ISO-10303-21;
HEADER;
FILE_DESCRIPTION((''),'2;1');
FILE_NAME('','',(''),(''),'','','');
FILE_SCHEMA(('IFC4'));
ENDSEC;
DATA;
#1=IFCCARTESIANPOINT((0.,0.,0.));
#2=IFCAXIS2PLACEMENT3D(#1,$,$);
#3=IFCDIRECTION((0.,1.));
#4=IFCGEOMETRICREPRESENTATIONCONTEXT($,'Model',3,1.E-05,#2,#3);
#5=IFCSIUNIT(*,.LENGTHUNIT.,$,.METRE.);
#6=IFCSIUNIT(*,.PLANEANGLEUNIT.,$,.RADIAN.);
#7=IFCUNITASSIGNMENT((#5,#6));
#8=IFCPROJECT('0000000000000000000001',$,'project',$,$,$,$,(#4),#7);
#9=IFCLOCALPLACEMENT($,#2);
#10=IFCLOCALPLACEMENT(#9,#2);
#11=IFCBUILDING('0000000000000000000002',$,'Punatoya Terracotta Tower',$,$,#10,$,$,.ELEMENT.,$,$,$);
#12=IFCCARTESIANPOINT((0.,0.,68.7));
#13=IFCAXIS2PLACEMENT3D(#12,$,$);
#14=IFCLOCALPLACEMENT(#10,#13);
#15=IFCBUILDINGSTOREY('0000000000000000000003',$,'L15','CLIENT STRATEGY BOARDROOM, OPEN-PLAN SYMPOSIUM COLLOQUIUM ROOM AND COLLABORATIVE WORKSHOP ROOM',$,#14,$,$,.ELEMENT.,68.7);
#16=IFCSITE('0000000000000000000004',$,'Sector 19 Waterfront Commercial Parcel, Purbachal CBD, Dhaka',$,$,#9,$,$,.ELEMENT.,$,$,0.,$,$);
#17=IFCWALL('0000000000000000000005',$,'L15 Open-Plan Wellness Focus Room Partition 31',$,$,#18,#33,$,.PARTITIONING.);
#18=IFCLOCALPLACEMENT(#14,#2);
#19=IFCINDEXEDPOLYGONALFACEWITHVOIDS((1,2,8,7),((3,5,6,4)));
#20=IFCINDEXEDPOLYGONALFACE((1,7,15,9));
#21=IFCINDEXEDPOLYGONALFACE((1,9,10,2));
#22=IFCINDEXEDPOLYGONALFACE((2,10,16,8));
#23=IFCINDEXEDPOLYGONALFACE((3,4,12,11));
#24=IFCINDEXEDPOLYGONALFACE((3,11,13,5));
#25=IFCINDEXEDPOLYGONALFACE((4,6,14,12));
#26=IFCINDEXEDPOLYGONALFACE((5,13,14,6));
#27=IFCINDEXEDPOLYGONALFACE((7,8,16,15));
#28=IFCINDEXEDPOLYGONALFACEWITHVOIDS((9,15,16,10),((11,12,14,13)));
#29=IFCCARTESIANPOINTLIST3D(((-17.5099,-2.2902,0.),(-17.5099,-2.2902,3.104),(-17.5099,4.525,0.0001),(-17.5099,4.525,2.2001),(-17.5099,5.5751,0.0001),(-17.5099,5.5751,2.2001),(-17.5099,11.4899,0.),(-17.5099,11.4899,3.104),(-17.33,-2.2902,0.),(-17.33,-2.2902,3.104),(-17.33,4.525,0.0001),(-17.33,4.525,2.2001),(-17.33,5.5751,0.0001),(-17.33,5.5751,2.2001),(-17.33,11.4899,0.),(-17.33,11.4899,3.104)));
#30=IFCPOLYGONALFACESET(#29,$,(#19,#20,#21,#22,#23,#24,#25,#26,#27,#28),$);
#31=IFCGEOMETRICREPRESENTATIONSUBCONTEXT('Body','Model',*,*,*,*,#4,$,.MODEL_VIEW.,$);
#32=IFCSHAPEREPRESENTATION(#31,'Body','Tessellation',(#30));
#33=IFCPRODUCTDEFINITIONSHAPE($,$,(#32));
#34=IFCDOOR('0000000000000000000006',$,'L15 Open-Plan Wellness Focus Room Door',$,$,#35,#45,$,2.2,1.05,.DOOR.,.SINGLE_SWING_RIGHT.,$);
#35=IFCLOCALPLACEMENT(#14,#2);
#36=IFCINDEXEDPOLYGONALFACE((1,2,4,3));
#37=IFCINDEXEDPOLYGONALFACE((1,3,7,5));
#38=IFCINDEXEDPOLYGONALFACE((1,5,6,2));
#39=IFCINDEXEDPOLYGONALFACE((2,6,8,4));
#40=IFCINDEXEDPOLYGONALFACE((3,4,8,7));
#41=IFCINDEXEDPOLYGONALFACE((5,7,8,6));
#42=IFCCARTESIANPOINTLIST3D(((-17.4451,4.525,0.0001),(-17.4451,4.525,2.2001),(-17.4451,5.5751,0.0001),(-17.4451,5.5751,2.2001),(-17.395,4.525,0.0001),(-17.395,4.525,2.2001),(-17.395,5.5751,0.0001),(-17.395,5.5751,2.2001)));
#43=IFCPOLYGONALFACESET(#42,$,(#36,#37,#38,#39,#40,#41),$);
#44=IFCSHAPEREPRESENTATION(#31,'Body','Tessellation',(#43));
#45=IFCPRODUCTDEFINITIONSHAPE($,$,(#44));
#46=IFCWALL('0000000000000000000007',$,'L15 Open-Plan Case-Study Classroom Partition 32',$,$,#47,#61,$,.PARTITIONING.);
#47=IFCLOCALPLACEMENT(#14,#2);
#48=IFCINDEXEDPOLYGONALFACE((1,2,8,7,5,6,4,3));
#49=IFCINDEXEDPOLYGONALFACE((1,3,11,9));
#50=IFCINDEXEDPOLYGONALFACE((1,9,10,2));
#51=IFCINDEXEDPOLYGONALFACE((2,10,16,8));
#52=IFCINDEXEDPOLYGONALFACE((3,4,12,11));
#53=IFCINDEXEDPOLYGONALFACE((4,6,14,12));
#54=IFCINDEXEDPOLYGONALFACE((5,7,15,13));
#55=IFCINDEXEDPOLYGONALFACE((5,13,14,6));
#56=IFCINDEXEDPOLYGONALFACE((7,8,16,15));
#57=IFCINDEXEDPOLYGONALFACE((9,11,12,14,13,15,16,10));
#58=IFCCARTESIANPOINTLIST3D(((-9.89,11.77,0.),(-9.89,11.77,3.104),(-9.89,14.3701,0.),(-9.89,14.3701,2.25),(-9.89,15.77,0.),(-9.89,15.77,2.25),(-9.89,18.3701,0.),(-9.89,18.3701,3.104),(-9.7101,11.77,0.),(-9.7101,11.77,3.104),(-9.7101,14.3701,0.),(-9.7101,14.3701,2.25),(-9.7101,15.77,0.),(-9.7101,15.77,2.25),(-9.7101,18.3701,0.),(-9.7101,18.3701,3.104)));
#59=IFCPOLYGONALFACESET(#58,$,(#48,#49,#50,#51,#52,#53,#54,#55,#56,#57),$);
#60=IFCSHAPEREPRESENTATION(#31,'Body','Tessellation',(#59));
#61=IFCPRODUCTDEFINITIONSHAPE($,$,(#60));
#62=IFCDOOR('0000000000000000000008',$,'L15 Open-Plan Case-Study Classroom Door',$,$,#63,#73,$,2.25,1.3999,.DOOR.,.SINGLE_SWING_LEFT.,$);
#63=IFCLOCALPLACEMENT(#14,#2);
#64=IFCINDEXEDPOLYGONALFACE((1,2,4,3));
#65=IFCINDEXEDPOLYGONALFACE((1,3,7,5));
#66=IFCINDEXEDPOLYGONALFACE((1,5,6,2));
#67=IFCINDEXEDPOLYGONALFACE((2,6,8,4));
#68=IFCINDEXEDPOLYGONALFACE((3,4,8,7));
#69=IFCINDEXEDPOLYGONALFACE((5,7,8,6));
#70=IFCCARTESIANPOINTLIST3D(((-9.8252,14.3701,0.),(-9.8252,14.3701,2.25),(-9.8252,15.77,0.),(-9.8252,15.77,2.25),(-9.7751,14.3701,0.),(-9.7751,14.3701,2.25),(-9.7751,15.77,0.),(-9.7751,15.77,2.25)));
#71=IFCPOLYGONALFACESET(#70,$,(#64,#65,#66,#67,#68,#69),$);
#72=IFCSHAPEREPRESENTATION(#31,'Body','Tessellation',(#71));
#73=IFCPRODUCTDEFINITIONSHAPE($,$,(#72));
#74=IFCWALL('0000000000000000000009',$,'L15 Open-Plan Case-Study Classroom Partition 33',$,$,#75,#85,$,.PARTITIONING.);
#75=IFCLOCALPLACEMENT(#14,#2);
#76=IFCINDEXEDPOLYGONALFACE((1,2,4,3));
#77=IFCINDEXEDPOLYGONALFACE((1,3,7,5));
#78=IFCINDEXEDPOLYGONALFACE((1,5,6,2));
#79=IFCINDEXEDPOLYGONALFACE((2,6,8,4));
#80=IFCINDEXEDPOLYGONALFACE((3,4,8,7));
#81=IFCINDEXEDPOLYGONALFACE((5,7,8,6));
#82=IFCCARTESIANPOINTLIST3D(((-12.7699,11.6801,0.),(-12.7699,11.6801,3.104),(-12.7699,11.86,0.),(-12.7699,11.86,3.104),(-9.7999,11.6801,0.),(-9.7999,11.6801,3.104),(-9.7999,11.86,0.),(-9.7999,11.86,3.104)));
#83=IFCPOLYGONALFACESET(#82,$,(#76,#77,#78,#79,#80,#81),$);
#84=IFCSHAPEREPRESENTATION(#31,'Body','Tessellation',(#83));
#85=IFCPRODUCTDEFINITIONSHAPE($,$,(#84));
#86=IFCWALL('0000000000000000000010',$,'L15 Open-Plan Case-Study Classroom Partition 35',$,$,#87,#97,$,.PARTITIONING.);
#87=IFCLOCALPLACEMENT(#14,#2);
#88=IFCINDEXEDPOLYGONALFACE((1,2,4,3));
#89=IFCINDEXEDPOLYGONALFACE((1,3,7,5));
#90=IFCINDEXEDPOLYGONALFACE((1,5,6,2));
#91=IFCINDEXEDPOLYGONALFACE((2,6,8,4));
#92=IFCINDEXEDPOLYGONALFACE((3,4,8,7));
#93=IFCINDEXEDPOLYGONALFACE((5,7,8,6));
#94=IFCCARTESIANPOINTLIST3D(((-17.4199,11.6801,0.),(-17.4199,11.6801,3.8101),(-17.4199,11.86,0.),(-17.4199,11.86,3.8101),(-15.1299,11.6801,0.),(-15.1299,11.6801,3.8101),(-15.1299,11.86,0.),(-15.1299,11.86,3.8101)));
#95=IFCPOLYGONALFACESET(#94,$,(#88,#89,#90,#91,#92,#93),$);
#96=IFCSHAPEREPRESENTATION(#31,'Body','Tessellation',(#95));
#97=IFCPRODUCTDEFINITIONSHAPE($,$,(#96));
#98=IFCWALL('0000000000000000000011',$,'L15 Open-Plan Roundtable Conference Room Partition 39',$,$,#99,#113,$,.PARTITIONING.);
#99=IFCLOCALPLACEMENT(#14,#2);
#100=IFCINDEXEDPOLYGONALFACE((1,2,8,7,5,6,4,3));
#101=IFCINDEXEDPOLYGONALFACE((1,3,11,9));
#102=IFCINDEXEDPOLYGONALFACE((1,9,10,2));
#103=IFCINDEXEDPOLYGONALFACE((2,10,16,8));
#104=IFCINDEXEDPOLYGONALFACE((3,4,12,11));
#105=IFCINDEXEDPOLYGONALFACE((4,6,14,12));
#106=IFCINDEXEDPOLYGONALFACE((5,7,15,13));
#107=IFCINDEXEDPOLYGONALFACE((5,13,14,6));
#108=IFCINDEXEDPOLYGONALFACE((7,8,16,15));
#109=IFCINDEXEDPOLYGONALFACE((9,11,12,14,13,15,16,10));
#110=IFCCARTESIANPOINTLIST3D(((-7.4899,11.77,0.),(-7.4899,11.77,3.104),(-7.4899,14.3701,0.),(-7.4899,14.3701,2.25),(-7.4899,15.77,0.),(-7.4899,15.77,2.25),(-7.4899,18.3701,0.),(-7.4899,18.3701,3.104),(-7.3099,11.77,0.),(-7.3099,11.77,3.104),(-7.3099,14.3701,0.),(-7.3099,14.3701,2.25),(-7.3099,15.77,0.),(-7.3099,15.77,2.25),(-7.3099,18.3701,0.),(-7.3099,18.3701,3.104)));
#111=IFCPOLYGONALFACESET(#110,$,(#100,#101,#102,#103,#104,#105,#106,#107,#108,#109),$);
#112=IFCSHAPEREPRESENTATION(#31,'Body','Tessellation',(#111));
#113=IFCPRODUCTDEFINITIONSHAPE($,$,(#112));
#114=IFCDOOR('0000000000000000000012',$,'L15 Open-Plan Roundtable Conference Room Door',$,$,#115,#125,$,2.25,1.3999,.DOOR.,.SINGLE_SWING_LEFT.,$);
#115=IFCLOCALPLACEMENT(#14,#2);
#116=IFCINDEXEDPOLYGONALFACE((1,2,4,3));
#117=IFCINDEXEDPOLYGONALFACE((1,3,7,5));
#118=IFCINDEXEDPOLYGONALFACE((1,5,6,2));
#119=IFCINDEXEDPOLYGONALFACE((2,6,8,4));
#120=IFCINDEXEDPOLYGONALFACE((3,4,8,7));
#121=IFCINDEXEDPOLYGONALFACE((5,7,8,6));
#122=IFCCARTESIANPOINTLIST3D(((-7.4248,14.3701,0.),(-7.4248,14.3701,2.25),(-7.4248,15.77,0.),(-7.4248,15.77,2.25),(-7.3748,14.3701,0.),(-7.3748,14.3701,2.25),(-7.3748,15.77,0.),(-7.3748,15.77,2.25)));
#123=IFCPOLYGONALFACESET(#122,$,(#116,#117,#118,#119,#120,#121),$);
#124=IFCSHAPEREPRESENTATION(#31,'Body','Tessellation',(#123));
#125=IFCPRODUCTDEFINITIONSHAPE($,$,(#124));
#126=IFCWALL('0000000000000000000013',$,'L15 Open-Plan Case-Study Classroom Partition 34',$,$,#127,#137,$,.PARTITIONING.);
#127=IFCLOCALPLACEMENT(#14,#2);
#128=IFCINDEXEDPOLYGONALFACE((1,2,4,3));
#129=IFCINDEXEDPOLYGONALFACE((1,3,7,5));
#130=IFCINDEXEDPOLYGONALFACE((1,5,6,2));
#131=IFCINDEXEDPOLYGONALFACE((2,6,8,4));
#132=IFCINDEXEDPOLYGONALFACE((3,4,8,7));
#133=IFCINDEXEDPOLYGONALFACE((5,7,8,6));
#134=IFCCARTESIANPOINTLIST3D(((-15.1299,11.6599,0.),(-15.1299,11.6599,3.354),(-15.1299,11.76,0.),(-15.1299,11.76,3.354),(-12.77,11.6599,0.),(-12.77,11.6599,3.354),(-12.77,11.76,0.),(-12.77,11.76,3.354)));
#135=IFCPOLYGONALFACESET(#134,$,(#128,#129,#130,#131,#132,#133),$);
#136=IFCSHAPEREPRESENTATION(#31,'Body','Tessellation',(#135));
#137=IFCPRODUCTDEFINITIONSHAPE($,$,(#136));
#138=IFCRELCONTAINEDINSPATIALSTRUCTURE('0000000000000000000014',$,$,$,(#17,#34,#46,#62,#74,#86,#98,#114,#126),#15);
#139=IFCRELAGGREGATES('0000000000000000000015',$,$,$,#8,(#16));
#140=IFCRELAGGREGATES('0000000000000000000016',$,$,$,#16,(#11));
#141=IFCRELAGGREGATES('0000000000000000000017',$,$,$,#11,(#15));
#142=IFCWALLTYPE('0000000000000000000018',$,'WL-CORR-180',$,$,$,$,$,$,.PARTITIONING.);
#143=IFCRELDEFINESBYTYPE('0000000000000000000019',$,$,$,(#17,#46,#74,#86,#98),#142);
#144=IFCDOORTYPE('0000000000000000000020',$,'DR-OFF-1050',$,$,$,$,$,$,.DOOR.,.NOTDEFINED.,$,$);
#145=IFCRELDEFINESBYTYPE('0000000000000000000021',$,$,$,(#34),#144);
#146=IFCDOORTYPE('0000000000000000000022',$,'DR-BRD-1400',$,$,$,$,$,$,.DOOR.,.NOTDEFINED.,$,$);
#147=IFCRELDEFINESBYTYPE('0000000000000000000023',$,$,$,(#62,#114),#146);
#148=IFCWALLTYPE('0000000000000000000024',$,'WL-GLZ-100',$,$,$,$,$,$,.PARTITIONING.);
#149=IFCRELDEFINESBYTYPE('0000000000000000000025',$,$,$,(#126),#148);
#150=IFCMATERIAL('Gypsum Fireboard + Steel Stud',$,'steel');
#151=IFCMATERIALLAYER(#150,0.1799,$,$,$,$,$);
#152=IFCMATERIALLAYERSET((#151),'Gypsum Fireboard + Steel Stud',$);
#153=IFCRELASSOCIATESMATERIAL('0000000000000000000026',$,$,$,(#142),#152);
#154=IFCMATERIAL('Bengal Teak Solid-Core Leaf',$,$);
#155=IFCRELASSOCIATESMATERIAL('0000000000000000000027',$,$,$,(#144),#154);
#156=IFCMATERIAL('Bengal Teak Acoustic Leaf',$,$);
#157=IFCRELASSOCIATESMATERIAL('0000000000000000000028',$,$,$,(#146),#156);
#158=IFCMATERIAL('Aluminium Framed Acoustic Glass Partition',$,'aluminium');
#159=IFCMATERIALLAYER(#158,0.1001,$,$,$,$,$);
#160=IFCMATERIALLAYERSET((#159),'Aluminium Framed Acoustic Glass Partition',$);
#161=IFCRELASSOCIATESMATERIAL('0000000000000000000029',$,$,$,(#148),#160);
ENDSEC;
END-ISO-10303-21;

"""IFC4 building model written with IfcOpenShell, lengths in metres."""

from ifc_helpers import new_model, si_unit, direction, frame, frame_2d, origin, place, context, subcontext, project, spatial, rectangle, extrude, material, layer, layer_set, type_object, element, fill, save


model = new_model("IFC4")

# Units and contexts
model_context = context("Model", 3, precision=1e-05, world=origin(), true_north=direction((0.0, 1.0)))
body_context = subcontext(model_context, "Body", "Model", "MODEL_VIEW")
ifc_project = project(units=[si_unit("LENGTHUNIT", "METRE"), si_unit("PLANEANGLEUNIT", "RADIAN")], contexts=[model_context])

# Site, building, storey
site_placement = place(None, origin())
site = spatial("IfcSite", under=ifc_project, at=site_placement, Name="Sector 19 Waterfront Commercial Parcel, Purbachal CBD, Dhaka", CompositionType="ELEMENT", RefElevation=0.0)
building_placement = place(site_placement, origin())
building = spatial("IfcBuilding", under=site, at=building_placement, Name="Punatoya Terracotta Tower", CompositionType="ELEMENT")
storey_placement = place(building_placement, frame((0.0, 0.0, 68.7)))
storey = spatial("IfcBuildingStorey", under=building, at=storey_placement, Name="L15", Description="CLIENT STRATEGY BOARDROOM, OPEN-PLAN SYMPOSIUM COLLOQUIUM ROOM AND COLLABORATIVE WORKSHOP ROOM", CompositionType="ELEMENT", Elevation=68.7)

# Walls, openings, doors
ifc_material_1 = material(Name="Gypsum Fireboard + Steel Stud", Category="steel")
ifc_layer_1 = layer(ifc_material_1, 0.1799)
ifc_layer_set_1 = layer_set([ifc_layer_1], Name="Gypsum Fireboard + Steel Stud")
wall_type_1 = type_object("IfcWallType", Name="WL-CORR-180", PredefinedType="PARTITIONING", material=ifc_layer_set_1)
wall_1_placement = place(storey_placement, frame((-17.4199, 11.49, 0.0), z_axis=(0.0, 0.0, 1.0), x_axis=(0.0, -1.0, 0.0)))
wall_1 = element("IfcWall", 1, at=wall_1_placement, inside=storey, type_object=wall_type_1, Name="L15 Open-Plan Wellness Focus Room Partition 31", PredefinedType="PARTITIONING", context=body_context, shape_type="SweptSolid", body=[
    extrude(rectangle(XDim=13.78, YDim=0.1799, at=frame_2d((6.8901, 0.0))), origin(), (0.0, 0.0, 1.0), 3.104),
])
opening_1_placement = place(wall_1_placement, frame((5.915, 0.0, 0.0)))
opening_1 = element("IfcOpeningElement", 2, at=opening_1_placement, cuts=wall_1, PredefinedType="OPENING", context=body_context, shape_type="SweptSolid", body=[
    extrude(rectangle(XDim=1.05, YDim=2.2, at=frame_2d((0.5249, 1.1001))), frame((0.0, 0.0999, 0.0), z_axis=(0.0, -1.0, 0.0), x_axis=(1.0, 0.0, 0.0)), (0.0, 0.0, 1.0), 0.2),
])
ifc_material_2 = material(Name="Bengal Teak Solid-Core Leaf")
door_type_1 = type_object("IfcDoorType", Name="DR-OFF-1050", OperationType="NOTDEFINED", PredefinedType="DOOR", material=ifc_material_2)
door_1_placement = place(opening_1_placement, origin())
door_1 = element("IfcDoor", 3, at=door_1_placement, inside=storey, type_object=door_type_1, Name="L15 Open-Plan Wellness Focus Room Door", OperationType="SINGLE_SWING_RIGHT", OverallHeight=2.2, OverallWidth=1.05, PredefinedType="DOOR", context=body_context, shape_type="SweptSolid", body=[
    extrude(rectangle(XDim=1.05, YDim=2.2, at=frame_2d((0.5249, 1.1001))), frame((0.0, 0.0249, 0.0), z_axis=(0.0, -1.0, 0.0), x_axis=(1.0, 0.0, 0.0)), (0.0, 0.0, 1.0), 0.05),
])
fill(opening_1, door_1)
wall_2_placement = place(storey_placement, frame((-9.8, 18.3701, 0.0), z_axis=(0.0, 0.0, 1.0), x_axis=(0.0, -1.0, 0.0)))
wall_2 = element("IfcWall", 4, at=wall_2_placement, inside=storey, type_object=wall_type_1, Name="L15 Open-Plan Case-Study Classroom Partition 32", PredefinedType="PARTITIONING", context=body_context, shape_type="SweptSolid", body=[
    extrude(rectangle(XDim=6.6001, YDim=0.1799, at=frame_2d((3.3, 0.0))), origin(), (0.0, 0.0, 1.0), 3.104),
])
opening_2_placement = place(wall_2_placement, frame((2.6001, 0.0, 0.0)))
opening_2 = element("IfcOpeningElement", 5, at=opening_2_placement, cuts=wall_2, PredefinedType="OPENING", context=body_context, shape_type="SweptSolid", body=[
    extrude(rectangle(XDim=1.3999, YDim=2.25, at=frame_2d((0.7, 1.125))), frame((0.0, 0.0999, 0.0), z_axis=(0.0, -1.0, 0.0), x_axis=(1.0, 0.0, 0.0)), (0.0, 0.0, 1.0), 0.2),
])
ifc_material_3 = material(Name="Bengal Teak Acoustic Leaf")
door_type_2 = type_object("IfcDoorType", Name="DR-BRD-1400", OperationType="NOTDEFINED", PredefinedType="DOOR", material=ifc_material_3)
door_2_placement = place(opening_2_placement, origin())
door_2 = element("IfcDoor", 6, at=door_2_placement, inside=storey, type_object=door_type_2, Name="L15 Open-Plan Case-Study Classroom Door", OperationType="SINGLE_SWING_LEFT", OverallHeight=2.25, OverallWidth=1.3999, PredefinedType="DOOR", context=body_context, shape_type="SweptSolid", body=[
    extrude(rectangle(XDim=1.3999, YDim=2.25, at=frame_2d((0.7, 1.125))), frame((0.0, 0.0249, 0.0), z_axis=(0.0, -1.0, 0.0), x_axis=(1.0, 0.0, 0.0)), (0.0, 0.0, 1.0), 0.05),
])
fill(opening_2, door_2)

# Walls
wall_3_placement = place(storey_placement, frame((-9.8, 11.77, 0.0), z_axis=(0.0, 0.0, 1.0), x_axis=(-1.0, 0.0, 0.0)))
element("IfcWall", 7, at=wall_3_placement, inside=storey, type_object=wall_type_1, Name="L15 Open-Plan Case-Study Classroom Partition 33", PredefinedType="PARTITIONING", context=body_context, shape_type="SweptSolid", body=[
    extrude(rectangle(XDim=2.97, YDim=0.1799, at=frame_2d((1.4849, 0.0))), origin(), (0.0, 0.0, 1.0), 3.104),
])
wall_4_placement = place(storey_placement, frame((-15.1299, 11.77, 0.0), z_axis=(0.0, 0.0, 1.0), x_axis=(-1.0, 0.0, 0.0)))
element("IfcWall", 8, at=wall_4_placement, inside=storey, type_object=wall_type_1, Name="L15 Open-Plan Case-Study Classroom Partition 35", PredefinedType="PARTITIONING", context=body_context, shape_type="SweptSolid", body=[
    extrude(rectangle(XDim=2.29, YDim=0.1799, at=frame_2d((1.145, 0.0))), origin(), (0.0, 0.0, 1.0), 3.8101),
])

# Wall, opening, door
wall_5_placement = place(storey_placement, frame((-7.3999, 11.77, 0.0), z_axis=(0.0, 0.0, 1.0), x_axis=(0.0, 1.0, 0.0)))
wall_5 = element("IfcWall", 9, at=wall_5_placement, inside=storey, type_object=wall_type_1, Name="L15 Open-Plan Roundtable Conference Room Partition 39", PredefinedType="PARTITIONING", context=body_context, shape_type="SweptSolid", body=[
    extrude(rectangle(XDim=6.6001, YDim=0.1799, at=frame_2d((3.3, 0.0))), origin(), (0.0, 0.0, 1.0), 3.104),
])
opening_3_placement = place(wall_5_placement, frame((2.6001, 0.0, 0.0)))
opening_3 = element("IfcOpeningElement", 10, at=opening_3_placement, cuts=wall_5, PredefinedType="OPENING", context=body_context, shape_type="SweptSolid", body=[
    extrude(rectangle(XDim=1.3999, YDim=2.25, at=frame_2d((0.7, 1.125))), frame((0.0, 0.0999, 0.0), z_axis=(0.0, -1.0, 0.0), x_axis=(1.0, 0.0, 0.0)), (0.0, 0.0, 1.0), 0.2),
])
door_3_placement = place(opening_3_placement, origin())
door_3 = element("IfcDoor", 11, at=door_3_placement, inside=storey, type_object=door_type_2, Name="L15 Open-Plan Roundtable Conference Room Door", OperationType="SINGLE_SWING_LEFT", OverallHeight=2.25, OverallWidth=1.3999, PredefinedType="DOOR", context=body_context, shape_type="SweptSolid", body=[
    extrude(rectangle(XDim=1.3999, YDim=2.25, at=frame_2d((0.7, 1.125))), frame((0.0, 0.0249, 0.0), z_axis=(0.0, -1.0, 0.0), x_axis=(1.0, 0.0, 0.0)), (0.0, 0.0, 1.0), 0.05),
])
fill(opening_3, door_3)

# Wall
ifc_material_4 = material(Name="Aluminium Framed Acoustic Glass Partition", Category="aluminium")
ifc_layer_2 = layer(ifc_material_4, 0.1001)
ifc_layer_set_2 = layer_set([ifc_layer_2], Name="Aluminium Framed Acoustic Glass Partition")
wall_type_2 = type_object("IfcWallType", Name="WL-GLZ-100", PredefinedType="PARTITIONING", material=ifc_layer_set_2)
wall_6_placement = place(storey_placement, frame((-12.77, 11.71, 0.0), z_axis=(0.0, 0.0, 1.0), x_axis=(-1.0, 0.0, 0.0)))
element("IfcWall", 12, at=wall_6_placement, inside=storey, type_object=wall_type_2, Name="L15 Open-Plan Case-Study Classroom Partition 34", PredefinedType="PARTITIONING", context=body_context, shape_type="SweptSolid", body=[
    extrude(rectangle(XDim=2.3599, YDim=0.1001, at=frame_2d((1.1799, 0.0))), origin(), (0.0, 0.0, 1.0), 3.354),
])

save(model, "model.ifc")
